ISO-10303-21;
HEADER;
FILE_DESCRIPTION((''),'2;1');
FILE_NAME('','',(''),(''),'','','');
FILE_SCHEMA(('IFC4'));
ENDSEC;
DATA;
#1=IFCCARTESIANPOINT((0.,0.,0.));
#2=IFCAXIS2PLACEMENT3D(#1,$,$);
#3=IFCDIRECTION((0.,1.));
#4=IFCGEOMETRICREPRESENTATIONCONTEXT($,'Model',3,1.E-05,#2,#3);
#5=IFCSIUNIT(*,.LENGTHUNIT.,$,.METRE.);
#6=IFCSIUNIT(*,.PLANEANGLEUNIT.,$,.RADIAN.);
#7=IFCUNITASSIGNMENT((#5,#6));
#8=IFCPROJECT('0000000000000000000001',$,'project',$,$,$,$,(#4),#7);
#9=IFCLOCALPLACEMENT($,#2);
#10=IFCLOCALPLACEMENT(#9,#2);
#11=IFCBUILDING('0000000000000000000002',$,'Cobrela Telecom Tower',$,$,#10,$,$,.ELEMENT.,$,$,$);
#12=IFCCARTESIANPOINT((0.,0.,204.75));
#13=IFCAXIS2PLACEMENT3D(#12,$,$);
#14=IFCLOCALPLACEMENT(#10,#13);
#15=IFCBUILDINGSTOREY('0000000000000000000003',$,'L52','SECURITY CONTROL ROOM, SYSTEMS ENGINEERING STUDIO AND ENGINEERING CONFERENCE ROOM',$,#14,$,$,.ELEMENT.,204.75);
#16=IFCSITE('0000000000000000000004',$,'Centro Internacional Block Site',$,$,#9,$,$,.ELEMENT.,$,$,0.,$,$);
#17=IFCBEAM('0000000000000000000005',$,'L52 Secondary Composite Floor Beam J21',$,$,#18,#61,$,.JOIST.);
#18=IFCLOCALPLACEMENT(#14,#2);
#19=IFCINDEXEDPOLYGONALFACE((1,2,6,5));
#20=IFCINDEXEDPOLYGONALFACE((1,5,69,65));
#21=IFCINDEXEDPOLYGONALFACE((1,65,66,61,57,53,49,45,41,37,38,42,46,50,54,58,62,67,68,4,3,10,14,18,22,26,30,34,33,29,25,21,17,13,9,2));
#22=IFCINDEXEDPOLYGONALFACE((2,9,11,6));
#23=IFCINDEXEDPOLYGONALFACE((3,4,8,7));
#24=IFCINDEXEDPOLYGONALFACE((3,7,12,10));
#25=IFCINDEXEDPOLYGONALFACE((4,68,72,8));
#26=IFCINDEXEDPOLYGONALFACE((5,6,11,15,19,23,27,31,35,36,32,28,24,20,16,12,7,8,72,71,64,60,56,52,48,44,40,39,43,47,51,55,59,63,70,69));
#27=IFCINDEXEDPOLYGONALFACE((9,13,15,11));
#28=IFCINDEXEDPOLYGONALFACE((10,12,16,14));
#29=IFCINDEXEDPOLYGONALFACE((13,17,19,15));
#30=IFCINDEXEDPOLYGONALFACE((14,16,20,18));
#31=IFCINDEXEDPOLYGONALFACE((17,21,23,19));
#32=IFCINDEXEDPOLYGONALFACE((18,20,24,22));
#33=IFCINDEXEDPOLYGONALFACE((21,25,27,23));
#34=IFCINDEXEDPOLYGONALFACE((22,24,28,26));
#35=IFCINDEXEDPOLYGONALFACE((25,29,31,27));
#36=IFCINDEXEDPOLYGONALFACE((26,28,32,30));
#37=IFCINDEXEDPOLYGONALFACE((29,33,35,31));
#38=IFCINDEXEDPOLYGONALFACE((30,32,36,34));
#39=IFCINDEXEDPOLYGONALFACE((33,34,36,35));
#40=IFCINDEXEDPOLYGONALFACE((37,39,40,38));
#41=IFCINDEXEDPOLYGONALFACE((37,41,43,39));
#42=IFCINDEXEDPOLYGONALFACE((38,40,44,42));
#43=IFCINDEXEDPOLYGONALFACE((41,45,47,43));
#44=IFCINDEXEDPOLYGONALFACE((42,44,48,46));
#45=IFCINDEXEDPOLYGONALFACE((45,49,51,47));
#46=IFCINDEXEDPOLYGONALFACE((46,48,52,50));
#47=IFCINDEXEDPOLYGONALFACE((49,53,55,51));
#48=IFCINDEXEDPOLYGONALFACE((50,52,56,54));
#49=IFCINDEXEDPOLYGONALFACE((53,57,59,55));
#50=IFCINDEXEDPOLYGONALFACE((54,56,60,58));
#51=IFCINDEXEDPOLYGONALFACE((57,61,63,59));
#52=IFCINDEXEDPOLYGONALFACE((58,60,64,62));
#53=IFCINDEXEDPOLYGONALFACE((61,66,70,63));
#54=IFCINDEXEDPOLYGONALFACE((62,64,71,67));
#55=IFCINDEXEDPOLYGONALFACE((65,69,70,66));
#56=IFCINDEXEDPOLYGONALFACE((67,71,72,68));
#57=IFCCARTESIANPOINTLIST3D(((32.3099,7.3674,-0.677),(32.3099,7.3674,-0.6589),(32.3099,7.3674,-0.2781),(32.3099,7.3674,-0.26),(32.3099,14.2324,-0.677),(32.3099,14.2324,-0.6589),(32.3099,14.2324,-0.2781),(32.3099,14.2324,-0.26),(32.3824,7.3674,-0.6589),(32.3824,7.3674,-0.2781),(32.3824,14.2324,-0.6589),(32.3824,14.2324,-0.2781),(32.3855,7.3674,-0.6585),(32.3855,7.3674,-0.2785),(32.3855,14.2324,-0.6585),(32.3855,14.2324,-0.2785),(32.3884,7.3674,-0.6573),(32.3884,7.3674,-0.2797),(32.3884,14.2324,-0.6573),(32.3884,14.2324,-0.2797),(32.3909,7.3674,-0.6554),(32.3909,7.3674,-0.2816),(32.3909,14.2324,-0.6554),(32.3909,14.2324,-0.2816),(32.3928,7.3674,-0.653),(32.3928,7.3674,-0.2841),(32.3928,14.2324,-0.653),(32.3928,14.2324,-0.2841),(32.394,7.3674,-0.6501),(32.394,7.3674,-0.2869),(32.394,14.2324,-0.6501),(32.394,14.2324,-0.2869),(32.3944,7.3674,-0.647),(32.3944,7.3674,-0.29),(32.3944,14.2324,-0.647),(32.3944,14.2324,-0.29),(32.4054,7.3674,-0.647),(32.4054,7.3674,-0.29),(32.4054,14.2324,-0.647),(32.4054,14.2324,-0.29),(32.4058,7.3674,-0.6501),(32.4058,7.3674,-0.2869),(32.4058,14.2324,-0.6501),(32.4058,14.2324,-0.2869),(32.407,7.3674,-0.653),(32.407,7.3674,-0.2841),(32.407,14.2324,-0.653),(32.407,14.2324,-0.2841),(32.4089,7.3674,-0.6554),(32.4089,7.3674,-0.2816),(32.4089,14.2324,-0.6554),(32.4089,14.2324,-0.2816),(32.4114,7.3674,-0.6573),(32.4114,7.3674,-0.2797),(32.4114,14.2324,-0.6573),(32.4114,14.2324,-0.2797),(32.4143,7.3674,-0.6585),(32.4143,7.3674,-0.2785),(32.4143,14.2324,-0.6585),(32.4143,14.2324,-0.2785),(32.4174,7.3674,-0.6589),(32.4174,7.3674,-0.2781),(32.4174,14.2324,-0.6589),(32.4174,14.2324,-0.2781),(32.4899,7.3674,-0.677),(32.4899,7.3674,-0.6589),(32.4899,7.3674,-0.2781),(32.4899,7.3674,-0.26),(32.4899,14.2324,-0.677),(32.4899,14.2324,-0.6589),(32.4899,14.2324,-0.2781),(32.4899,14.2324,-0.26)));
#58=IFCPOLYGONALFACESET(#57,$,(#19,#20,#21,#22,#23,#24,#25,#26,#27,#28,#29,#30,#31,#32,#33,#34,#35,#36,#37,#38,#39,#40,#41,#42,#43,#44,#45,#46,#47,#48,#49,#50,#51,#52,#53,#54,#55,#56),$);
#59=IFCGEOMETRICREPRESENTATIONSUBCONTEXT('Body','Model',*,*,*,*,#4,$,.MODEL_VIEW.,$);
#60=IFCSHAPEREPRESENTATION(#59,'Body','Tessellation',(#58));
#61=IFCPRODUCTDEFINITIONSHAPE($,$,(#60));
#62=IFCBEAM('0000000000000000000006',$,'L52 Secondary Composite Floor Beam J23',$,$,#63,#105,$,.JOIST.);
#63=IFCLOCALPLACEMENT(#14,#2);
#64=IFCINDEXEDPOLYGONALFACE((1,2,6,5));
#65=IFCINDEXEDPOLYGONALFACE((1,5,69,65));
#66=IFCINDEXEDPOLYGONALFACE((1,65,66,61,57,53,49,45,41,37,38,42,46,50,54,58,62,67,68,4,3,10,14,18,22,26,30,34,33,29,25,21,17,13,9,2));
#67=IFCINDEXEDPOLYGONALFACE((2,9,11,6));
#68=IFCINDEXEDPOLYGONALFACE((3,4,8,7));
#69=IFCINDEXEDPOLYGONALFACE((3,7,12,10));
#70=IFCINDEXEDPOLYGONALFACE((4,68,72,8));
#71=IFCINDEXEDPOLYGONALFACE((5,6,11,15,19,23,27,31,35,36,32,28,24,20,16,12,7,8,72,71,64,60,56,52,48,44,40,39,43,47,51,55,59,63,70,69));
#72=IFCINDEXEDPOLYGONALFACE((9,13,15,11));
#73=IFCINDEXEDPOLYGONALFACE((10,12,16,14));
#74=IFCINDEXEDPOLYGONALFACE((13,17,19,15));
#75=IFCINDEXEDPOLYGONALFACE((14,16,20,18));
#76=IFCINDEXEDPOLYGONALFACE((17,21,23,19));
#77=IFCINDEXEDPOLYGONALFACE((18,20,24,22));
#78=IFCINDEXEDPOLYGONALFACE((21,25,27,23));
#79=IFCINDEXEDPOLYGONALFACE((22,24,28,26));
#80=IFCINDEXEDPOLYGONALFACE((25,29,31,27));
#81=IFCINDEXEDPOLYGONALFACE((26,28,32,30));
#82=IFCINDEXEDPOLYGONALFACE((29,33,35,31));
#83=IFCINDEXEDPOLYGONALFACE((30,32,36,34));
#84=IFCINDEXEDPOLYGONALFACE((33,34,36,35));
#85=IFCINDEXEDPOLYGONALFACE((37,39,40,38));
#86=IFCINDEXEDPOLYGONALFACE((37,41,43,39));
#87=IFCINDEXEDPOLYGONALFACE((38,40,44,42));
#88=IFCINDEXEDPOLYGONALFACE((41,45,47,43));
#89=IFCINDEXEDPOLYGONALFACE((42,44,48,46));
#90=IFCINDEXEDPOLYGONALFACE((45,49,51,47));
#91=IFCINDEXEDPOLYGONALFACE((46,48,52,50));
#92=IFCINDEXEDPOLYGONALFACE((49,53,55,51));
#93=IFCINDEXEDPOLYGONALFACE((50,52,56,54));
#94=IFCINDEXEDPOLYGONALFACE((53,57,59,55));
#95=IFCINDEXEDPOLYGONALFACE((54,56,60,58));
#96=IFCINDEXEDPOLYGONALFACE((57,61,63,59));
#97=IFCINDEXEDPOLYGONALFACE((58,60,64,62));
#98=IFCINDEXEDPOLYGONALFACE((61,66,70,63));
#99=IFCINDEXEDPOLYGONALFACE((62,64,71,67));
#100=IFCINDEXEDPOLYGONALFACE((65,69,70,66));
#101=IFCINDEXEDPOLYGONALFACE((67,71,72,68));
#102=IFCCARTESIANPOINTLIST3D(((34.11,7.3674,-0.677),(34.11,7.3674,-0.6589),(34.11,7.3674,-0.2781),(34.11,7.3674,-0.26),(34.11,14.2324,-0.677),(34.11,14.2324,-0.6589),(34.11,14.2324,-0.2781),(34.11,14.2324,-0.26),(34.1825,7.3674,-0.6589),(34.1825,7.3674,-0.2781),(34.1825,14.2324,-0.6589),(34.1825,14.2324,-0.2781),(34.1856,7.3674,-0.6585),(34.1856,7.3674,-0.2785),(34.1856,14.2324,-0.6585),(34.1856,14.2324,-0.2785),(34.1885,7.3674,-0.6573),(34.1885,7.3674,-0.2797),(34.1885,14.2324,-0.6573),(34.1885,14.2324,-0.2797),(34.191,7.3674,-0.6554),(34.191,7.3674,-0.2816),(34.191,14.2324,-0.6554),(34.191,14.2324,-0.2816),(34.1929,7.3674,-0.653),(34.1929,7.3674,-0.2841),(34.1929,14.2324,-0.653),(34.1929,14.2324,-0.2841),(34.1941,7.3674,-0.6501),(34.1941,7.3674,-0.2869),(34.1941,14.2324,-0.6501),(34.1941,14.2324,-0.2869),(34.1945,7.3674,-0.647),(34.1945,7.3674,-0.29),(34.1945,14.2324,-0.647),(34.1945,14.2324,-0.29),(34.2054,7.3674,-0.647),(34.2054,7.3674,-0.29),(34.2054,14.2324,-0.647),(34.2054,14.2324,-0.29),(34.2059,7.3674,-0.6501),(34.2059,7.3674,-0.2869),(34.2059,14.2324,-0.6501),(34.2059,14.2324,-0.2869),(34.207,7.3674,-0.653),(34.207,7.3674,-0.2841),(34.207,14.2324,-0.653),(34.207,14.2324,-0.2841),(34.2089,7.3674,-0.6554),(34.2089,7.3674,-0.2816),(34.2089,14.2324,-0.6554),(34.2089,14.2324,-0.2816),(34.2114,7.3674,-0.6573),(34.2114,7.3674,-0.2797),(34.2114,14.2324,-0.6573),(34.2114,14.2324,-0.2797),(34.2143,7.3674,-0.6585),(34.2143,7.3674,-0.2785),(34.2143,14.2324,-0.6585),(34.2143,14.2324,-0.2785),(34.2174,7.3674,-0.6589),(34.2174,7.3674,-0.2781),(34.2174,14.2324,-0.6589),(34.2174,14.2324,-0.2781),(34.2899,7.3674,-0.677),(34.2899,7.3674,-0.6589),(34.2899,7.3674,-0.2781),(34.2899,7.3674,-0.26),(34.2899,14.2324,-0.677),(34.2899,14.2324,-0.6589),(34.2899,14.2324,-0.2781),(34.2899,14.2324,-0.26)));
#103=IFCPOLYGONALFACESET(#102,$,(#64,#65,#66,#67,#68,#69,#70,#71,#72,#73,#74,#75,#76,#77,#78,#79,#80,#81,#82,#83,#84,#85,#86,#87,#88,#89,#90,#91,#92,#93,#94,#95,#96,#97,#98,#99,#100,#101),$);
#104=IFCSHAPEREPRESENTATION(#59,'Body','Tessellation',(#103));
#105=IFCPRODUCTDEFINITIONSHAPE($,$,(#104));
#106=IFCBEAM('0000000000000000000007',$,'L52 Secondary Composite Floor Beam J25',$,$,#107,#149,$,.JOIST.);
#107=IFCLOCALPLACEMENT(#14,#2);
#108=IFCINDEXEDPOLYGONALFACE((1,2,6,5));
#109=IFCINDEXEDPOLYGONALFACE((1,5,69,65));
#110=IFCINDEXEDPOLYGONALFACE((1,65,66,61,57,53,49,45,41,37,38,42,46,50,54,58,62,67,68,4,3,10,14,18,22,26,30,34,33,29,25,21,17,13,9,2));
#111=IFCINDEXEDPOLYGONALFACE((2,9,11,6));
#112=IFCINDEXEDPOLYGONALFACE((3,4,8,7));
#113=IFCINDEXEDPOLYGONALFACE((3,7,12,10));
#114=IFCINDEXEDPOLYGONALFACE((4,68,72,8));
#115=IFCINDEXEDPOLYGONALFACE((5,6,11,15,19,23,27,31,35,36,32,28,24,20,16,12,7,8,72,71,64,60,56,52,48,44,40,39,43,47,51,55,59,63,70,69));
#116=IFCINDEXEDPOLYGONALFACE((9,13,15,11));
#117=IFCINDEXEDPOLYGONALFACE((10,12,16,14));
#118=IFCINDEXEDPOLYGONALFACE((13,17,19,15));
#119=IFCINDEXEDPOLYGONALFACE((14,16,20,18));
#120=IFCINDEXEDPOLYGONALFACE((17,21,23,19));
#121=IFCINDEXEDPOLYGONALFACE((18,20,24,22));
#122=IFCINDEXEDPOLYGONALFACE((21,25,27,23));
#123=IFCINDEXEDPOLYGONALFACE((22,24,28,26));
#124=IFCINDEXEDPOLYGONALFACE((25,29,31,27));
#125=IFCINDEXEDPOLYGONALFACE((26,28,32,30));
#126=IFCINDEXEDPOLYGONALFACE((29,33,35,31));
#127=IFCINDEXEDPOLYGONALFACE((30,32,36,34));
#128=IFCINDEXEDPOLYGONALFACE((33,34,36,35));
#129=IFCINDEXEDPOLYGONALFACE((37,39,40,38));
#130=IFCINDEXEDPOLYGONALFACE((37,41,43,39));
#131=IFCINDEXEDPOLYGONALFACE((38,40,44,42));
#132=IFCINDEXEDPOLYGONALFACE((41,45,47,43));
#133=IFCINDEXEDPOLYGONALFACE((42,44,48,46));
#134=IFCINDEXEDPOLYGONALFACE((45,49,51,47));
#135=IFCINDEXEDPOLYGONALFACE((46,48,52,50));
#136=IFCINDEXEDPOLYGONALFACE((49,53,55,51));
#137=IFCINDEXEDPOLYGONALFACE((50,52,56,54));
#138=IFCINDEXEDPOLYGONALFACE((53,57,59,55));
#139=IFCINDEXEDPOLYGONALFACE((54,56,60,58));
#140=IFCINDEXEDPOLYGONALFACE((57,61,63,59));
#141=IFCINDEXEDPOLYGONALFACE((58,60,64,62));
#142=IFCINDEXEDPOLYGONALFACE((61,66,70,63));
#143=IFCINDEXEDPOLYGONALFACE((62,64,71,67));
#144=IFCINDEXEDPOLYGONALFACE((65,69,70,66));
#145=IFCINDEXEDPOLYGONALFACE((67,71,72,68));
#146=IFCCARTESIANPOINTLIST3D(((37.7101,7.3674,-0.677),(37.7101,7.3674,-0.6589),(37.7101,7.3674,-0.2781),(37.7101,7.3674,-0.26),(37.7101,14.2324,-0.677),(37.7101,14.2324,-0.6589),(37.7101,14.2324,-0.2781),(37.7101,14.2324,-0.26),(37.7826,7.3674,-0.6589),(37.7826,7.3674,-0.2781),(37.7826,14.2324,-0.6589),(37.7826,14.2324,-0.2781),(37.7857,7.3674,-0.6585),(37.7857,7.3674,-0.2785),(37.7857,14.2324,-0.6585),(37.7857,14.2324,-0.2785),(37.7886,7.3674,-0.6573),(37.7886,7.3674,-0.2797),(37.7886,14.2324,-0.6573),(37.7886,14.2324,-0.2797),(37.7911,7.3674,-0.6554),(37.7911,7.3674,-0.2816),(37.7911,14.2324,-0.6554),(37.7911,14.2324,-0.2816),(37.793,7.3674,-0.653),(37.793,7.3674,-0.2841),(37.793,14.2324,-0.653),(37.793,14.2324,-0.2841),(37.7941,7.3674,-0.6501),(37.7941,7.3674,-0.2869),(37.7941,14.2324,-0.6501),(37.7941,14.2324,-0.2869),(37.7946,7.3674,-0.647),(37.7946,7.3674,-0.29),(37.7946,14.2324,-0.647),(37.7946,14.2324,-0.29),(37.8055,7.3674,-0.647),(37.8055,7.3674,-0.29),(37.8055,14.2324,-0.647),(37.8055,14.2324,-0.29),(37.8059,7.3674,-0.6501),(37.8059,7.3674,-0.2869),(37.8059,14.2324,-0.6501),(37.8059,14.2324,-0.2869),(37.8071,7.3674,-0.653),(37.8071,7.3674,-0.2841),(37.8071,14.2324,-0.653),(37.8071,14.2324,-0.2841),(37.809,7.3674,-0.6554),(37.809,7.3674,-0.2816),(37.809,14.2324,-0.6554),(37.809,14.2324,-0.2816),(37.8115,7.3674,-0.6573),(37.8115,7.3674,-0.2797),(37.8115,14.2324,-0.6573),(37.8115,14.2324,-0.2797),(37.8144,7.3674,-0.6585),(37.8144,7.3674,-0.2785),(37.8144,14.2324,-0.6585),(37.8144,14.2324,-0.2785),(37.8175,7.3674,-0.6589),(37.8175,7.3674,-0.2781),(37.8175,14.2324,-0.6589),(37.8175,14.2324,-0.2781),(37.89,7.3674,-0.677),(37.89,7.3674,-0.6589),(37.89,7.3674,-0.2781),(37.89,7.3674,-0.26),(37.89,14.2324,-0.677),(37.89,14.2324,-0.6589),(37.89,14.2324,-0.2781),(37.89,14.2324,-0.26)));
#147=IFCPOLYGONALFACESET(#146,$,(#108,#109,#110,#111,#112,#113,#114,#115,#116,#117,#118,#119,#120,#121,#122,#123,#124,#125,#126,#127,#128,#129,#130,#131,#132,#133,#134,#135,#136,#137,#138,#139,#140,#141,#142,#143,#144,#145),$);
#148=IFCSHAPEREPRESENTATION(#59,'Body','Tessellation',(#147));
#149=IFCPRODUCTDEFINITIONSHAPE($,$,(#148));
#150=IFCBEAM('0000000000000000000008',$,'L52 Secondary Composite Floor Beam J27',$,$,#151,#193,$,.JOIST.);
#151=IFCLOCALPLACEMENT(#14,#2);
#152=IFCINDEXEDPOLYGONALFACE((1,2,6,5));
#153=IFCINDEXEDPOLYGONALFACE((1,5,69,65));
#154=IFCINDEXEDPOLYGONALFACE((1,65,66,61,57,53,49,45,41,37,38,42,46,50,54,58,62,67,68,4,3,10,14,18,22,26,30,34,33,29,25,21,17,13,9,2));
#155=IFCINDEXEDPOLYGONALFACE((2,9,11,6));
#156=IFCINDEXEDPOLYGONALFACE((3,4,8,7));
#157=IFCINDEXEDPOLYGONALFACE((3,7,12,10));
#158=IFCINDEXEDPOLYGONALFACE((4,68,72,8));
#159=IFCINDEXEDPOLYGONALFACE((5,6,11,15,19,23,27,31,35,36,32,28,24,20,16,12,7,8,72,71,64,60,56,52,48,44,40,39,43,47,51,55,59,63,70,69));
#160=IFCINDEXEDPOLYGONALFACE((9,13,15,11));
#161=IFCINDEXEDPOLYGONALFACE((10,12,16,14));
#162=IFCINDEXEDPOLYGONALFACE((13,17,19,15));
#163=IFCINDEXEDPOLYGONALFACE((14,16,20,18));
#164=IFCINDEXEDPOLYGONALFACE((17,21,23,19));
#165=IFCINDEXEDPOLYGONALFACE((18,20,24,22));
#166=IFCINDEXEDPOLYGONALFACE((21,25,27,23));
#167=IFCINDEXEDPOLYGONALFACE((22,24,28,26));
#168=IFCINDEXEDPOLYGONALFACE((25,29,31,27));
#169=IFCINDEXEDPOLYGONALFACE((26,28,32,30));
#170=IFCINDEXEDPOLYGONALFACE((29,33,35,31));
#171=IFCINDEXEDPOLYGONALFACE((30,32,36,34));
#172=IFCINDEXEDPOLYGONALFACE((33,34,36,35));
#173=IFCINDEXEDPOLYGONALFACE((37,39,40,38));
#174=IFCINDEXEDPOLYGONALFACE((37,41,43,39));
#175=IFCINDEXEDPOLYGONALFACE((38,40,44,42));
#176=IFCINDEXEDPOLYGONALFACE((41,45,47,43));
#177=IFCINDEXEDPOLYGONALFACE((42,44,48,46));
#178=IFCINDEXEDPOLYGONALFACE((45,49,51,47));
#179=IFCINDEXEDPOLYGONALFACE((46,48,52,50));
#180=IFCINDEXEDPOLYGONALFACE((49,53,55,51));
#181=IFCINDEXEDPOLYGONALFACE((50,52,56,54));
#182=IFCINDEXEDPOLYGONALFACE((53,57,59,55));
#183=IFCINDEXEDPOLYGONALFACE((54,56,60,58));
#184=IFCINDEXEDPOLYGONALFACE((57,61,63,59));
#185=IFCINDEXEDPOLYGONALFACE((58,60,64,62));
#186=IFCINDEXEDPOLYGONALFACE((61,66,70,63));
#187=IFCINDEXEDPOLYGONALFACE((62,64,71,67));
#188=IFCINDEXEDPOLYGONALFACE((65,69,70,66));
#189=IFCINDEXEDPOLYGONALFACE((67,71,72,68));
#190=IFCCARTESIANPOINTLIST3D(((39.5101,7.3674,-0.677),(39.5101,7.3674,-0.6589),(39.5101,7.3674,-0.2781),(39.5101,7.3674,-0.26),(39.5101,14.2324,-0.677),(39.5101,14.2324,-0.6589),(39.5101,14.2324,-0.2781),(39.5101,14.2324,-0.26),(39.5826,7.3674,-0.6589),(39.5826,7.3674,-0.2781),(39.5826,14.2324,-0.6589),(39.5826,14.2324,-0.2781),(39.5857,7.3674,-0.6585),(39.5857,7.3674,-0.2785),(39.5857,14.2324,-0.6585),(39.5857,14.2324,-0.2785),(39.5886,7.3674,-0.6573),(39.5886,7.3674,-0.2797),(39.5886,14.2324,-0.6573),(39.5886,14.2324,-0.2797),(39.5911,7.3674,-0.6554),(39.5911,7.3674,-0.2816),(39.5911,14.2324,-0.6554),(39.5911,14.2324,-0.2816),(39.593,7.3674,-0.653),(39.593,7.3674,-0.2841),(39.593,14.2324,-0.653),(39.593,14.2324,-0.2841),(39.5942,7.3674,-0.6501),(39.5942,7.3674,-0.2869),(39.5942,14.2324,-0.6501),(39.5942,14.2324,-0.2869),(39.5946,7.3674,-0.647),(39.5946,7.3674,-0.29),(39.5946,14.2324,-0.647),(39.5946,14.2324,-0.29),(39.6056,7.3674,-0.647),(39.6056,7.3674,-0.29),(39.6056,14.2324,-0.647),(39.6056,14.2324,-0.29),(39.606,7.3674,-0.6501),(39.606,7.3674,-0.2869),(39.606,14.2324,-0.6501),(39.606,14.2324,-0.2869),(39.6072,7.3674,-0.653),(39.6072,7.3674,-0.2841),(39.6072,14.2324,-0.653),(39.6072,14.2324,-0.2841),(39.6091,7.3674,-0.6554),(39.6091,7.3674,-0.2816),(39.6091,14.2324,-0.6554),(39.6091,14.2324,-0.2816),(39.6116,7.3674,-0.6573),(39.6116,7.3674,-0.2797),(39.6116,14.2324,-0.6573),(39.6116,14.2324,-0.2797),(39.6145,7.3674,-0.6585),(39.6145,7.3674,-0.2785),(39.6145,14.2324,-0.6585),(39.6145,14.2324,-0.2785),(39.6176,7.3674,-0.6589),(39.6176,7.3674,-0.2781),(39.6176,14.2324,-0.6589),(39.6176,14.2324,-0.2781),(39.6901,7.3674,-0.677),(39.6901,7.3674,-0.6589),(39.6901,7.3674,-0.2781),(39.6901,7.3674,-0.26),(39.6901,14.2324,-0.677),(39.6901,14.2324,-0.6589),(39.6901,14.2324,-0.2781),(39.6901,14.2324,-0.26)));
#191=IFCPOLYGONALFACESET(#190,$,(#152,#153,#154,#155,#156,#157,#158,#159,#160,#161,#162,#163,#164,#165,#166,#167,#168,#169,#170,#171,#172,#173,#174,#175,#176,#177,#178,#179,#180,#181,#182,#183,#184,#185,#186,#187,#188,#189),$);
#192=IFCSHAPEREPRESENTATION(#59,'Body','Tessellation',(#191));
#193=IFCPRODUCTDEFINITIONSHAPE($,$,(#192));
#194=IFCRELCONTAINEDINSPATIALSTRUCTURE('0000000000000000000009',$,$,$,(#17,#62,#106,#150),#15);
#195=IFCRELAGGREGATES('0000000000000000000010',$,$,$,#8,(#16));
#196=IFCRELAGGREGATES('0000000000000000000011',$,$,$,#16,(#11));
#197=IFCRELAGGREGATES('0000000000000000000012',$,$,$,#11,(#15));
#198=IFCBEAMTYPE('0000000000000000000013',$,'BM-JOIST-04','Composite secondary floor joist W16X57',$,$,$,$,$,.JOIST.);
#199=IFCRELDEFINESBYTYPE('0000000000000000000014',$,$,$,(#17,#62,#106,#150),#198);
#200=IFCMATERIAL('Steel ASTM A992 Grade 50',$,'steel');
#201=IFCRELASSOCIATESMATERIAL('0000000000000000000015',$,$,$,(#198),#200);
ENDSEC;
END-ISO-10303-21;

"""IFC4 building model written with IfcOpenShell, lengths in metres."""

from ifc_helpers import new_model, si_unit, direction, frame, origin, origin_2d, place, context, subcontext, project, spatial, i_section, extrude, material, material_profile, profile_set, type_object, element, save


model = new_model("IFC4")

# Units and contexts
model_context = context("Model", 3, precision=1e-05, world=origin(), true_north=direction((0.0, 1.0)))
body_context = subcontext(model_context, "Body", "Model", "MODEL_VIEW")
ifc_project = project(units=[si_unit("LENGTHUNIT", "METRE"), si_unit("PLANEANGLEUNIT", "RADIAN")], contexts=[model_context])

# Site, building, storey
site_placement = place(None, origin())
site = spatial("IfcSite", under=ifc_project, at=site_placement, Name="Centro Internacional Block Site", CompositionType="ELEMENT", RefElevation=0.0)
building_placement = place(site_placement, origin())
building = spatial("IfcBuilding", under=site, at=building_placement, Name="Cobrela Telecom Tower", CompositionType="ELEMENT")
storey_placement = place(building_placement, frame((0.0, 0.0, 204.75)))
storey = spatial("IfcBuildingStorey", under=building, at=storey_placement, Name="L52", Description="SECURITY CONTROL ROOM, SYSTEMS ENGINEERING STUDIO AND ENGINEERING CONFERENCE ROOM", CompositionType="ELEMENT", Elevation=204.75)

# Shared definitions
ifc_material_1 = material(Name="Steel ASTM A992 Grade 50", Category="steel")

# Beams
ifc_material_profile_1 = material_profile(ifc_material_1, i_section(OverallWidth=0.1799, OverallDepth=0.417, WebThickness=0.011, FlangeThickness=0.0181, FilletRadius=0.012, at=origin_2d()), Name="W16X57")
ifc_profile_set_1 = profile_set([ifc_material_profile_1], Name="Steel ASTM A992 Grade 50")
beam_type_1 = type_object("IfcBeamType", Name="BM-JOIST-04", Description="Composite secondary floor joist W16X57", PredefinedType="JOIST", material=ifc_profile_set_1)
for number, where, z_axis, x_axis, name in (
    (1, (32.3999, 7.3674, -0.4685), (0.0, 1.0, 0.0), (-1.0, 0.0, 0.0), "L52 Secondary Composite Floor Beam J21"),
    (2, (34.2, 7.3674, -0.4685), (0.0, 1.0, 0.0), (-1.0, 0.0, 0.0), "L52 Secondary Composite Floor Beam J23"),
    (3, (37.8, 7.3674, -0.4685), (0.0, 1.0, 0.0), (-1.0, 0.0, 0.0), "L52 Secondary Composite Floor Beam J25"),
    (4, (39.6001, 7.3674, -0.4685), (0.0, 1.0, 0.0), (-1.0, 0.0, 0.0), "L52 Secondary Composite Floor Beam J27"),
):
    element("IfcBeam", number, at=place(storey_placement, frame(where, z_axis=z_axis, x_axis=x_axis)), inside=storey, type_object=beam_type_1, Name=name, PredefinedType="JOIST", context=body_context, shape_type="SweptSolid", body=[
        extrude(i_section(OverallWidth=0.1799, OverallDepth=0.417, WebThickness=0.011, FlangeThickness=0.0181, FilletRadius=0.012, at=origin_2d()), origin(), (0.0, 0.0, 1.0), 6.865),
    ])

save(model, "model.ifc")
